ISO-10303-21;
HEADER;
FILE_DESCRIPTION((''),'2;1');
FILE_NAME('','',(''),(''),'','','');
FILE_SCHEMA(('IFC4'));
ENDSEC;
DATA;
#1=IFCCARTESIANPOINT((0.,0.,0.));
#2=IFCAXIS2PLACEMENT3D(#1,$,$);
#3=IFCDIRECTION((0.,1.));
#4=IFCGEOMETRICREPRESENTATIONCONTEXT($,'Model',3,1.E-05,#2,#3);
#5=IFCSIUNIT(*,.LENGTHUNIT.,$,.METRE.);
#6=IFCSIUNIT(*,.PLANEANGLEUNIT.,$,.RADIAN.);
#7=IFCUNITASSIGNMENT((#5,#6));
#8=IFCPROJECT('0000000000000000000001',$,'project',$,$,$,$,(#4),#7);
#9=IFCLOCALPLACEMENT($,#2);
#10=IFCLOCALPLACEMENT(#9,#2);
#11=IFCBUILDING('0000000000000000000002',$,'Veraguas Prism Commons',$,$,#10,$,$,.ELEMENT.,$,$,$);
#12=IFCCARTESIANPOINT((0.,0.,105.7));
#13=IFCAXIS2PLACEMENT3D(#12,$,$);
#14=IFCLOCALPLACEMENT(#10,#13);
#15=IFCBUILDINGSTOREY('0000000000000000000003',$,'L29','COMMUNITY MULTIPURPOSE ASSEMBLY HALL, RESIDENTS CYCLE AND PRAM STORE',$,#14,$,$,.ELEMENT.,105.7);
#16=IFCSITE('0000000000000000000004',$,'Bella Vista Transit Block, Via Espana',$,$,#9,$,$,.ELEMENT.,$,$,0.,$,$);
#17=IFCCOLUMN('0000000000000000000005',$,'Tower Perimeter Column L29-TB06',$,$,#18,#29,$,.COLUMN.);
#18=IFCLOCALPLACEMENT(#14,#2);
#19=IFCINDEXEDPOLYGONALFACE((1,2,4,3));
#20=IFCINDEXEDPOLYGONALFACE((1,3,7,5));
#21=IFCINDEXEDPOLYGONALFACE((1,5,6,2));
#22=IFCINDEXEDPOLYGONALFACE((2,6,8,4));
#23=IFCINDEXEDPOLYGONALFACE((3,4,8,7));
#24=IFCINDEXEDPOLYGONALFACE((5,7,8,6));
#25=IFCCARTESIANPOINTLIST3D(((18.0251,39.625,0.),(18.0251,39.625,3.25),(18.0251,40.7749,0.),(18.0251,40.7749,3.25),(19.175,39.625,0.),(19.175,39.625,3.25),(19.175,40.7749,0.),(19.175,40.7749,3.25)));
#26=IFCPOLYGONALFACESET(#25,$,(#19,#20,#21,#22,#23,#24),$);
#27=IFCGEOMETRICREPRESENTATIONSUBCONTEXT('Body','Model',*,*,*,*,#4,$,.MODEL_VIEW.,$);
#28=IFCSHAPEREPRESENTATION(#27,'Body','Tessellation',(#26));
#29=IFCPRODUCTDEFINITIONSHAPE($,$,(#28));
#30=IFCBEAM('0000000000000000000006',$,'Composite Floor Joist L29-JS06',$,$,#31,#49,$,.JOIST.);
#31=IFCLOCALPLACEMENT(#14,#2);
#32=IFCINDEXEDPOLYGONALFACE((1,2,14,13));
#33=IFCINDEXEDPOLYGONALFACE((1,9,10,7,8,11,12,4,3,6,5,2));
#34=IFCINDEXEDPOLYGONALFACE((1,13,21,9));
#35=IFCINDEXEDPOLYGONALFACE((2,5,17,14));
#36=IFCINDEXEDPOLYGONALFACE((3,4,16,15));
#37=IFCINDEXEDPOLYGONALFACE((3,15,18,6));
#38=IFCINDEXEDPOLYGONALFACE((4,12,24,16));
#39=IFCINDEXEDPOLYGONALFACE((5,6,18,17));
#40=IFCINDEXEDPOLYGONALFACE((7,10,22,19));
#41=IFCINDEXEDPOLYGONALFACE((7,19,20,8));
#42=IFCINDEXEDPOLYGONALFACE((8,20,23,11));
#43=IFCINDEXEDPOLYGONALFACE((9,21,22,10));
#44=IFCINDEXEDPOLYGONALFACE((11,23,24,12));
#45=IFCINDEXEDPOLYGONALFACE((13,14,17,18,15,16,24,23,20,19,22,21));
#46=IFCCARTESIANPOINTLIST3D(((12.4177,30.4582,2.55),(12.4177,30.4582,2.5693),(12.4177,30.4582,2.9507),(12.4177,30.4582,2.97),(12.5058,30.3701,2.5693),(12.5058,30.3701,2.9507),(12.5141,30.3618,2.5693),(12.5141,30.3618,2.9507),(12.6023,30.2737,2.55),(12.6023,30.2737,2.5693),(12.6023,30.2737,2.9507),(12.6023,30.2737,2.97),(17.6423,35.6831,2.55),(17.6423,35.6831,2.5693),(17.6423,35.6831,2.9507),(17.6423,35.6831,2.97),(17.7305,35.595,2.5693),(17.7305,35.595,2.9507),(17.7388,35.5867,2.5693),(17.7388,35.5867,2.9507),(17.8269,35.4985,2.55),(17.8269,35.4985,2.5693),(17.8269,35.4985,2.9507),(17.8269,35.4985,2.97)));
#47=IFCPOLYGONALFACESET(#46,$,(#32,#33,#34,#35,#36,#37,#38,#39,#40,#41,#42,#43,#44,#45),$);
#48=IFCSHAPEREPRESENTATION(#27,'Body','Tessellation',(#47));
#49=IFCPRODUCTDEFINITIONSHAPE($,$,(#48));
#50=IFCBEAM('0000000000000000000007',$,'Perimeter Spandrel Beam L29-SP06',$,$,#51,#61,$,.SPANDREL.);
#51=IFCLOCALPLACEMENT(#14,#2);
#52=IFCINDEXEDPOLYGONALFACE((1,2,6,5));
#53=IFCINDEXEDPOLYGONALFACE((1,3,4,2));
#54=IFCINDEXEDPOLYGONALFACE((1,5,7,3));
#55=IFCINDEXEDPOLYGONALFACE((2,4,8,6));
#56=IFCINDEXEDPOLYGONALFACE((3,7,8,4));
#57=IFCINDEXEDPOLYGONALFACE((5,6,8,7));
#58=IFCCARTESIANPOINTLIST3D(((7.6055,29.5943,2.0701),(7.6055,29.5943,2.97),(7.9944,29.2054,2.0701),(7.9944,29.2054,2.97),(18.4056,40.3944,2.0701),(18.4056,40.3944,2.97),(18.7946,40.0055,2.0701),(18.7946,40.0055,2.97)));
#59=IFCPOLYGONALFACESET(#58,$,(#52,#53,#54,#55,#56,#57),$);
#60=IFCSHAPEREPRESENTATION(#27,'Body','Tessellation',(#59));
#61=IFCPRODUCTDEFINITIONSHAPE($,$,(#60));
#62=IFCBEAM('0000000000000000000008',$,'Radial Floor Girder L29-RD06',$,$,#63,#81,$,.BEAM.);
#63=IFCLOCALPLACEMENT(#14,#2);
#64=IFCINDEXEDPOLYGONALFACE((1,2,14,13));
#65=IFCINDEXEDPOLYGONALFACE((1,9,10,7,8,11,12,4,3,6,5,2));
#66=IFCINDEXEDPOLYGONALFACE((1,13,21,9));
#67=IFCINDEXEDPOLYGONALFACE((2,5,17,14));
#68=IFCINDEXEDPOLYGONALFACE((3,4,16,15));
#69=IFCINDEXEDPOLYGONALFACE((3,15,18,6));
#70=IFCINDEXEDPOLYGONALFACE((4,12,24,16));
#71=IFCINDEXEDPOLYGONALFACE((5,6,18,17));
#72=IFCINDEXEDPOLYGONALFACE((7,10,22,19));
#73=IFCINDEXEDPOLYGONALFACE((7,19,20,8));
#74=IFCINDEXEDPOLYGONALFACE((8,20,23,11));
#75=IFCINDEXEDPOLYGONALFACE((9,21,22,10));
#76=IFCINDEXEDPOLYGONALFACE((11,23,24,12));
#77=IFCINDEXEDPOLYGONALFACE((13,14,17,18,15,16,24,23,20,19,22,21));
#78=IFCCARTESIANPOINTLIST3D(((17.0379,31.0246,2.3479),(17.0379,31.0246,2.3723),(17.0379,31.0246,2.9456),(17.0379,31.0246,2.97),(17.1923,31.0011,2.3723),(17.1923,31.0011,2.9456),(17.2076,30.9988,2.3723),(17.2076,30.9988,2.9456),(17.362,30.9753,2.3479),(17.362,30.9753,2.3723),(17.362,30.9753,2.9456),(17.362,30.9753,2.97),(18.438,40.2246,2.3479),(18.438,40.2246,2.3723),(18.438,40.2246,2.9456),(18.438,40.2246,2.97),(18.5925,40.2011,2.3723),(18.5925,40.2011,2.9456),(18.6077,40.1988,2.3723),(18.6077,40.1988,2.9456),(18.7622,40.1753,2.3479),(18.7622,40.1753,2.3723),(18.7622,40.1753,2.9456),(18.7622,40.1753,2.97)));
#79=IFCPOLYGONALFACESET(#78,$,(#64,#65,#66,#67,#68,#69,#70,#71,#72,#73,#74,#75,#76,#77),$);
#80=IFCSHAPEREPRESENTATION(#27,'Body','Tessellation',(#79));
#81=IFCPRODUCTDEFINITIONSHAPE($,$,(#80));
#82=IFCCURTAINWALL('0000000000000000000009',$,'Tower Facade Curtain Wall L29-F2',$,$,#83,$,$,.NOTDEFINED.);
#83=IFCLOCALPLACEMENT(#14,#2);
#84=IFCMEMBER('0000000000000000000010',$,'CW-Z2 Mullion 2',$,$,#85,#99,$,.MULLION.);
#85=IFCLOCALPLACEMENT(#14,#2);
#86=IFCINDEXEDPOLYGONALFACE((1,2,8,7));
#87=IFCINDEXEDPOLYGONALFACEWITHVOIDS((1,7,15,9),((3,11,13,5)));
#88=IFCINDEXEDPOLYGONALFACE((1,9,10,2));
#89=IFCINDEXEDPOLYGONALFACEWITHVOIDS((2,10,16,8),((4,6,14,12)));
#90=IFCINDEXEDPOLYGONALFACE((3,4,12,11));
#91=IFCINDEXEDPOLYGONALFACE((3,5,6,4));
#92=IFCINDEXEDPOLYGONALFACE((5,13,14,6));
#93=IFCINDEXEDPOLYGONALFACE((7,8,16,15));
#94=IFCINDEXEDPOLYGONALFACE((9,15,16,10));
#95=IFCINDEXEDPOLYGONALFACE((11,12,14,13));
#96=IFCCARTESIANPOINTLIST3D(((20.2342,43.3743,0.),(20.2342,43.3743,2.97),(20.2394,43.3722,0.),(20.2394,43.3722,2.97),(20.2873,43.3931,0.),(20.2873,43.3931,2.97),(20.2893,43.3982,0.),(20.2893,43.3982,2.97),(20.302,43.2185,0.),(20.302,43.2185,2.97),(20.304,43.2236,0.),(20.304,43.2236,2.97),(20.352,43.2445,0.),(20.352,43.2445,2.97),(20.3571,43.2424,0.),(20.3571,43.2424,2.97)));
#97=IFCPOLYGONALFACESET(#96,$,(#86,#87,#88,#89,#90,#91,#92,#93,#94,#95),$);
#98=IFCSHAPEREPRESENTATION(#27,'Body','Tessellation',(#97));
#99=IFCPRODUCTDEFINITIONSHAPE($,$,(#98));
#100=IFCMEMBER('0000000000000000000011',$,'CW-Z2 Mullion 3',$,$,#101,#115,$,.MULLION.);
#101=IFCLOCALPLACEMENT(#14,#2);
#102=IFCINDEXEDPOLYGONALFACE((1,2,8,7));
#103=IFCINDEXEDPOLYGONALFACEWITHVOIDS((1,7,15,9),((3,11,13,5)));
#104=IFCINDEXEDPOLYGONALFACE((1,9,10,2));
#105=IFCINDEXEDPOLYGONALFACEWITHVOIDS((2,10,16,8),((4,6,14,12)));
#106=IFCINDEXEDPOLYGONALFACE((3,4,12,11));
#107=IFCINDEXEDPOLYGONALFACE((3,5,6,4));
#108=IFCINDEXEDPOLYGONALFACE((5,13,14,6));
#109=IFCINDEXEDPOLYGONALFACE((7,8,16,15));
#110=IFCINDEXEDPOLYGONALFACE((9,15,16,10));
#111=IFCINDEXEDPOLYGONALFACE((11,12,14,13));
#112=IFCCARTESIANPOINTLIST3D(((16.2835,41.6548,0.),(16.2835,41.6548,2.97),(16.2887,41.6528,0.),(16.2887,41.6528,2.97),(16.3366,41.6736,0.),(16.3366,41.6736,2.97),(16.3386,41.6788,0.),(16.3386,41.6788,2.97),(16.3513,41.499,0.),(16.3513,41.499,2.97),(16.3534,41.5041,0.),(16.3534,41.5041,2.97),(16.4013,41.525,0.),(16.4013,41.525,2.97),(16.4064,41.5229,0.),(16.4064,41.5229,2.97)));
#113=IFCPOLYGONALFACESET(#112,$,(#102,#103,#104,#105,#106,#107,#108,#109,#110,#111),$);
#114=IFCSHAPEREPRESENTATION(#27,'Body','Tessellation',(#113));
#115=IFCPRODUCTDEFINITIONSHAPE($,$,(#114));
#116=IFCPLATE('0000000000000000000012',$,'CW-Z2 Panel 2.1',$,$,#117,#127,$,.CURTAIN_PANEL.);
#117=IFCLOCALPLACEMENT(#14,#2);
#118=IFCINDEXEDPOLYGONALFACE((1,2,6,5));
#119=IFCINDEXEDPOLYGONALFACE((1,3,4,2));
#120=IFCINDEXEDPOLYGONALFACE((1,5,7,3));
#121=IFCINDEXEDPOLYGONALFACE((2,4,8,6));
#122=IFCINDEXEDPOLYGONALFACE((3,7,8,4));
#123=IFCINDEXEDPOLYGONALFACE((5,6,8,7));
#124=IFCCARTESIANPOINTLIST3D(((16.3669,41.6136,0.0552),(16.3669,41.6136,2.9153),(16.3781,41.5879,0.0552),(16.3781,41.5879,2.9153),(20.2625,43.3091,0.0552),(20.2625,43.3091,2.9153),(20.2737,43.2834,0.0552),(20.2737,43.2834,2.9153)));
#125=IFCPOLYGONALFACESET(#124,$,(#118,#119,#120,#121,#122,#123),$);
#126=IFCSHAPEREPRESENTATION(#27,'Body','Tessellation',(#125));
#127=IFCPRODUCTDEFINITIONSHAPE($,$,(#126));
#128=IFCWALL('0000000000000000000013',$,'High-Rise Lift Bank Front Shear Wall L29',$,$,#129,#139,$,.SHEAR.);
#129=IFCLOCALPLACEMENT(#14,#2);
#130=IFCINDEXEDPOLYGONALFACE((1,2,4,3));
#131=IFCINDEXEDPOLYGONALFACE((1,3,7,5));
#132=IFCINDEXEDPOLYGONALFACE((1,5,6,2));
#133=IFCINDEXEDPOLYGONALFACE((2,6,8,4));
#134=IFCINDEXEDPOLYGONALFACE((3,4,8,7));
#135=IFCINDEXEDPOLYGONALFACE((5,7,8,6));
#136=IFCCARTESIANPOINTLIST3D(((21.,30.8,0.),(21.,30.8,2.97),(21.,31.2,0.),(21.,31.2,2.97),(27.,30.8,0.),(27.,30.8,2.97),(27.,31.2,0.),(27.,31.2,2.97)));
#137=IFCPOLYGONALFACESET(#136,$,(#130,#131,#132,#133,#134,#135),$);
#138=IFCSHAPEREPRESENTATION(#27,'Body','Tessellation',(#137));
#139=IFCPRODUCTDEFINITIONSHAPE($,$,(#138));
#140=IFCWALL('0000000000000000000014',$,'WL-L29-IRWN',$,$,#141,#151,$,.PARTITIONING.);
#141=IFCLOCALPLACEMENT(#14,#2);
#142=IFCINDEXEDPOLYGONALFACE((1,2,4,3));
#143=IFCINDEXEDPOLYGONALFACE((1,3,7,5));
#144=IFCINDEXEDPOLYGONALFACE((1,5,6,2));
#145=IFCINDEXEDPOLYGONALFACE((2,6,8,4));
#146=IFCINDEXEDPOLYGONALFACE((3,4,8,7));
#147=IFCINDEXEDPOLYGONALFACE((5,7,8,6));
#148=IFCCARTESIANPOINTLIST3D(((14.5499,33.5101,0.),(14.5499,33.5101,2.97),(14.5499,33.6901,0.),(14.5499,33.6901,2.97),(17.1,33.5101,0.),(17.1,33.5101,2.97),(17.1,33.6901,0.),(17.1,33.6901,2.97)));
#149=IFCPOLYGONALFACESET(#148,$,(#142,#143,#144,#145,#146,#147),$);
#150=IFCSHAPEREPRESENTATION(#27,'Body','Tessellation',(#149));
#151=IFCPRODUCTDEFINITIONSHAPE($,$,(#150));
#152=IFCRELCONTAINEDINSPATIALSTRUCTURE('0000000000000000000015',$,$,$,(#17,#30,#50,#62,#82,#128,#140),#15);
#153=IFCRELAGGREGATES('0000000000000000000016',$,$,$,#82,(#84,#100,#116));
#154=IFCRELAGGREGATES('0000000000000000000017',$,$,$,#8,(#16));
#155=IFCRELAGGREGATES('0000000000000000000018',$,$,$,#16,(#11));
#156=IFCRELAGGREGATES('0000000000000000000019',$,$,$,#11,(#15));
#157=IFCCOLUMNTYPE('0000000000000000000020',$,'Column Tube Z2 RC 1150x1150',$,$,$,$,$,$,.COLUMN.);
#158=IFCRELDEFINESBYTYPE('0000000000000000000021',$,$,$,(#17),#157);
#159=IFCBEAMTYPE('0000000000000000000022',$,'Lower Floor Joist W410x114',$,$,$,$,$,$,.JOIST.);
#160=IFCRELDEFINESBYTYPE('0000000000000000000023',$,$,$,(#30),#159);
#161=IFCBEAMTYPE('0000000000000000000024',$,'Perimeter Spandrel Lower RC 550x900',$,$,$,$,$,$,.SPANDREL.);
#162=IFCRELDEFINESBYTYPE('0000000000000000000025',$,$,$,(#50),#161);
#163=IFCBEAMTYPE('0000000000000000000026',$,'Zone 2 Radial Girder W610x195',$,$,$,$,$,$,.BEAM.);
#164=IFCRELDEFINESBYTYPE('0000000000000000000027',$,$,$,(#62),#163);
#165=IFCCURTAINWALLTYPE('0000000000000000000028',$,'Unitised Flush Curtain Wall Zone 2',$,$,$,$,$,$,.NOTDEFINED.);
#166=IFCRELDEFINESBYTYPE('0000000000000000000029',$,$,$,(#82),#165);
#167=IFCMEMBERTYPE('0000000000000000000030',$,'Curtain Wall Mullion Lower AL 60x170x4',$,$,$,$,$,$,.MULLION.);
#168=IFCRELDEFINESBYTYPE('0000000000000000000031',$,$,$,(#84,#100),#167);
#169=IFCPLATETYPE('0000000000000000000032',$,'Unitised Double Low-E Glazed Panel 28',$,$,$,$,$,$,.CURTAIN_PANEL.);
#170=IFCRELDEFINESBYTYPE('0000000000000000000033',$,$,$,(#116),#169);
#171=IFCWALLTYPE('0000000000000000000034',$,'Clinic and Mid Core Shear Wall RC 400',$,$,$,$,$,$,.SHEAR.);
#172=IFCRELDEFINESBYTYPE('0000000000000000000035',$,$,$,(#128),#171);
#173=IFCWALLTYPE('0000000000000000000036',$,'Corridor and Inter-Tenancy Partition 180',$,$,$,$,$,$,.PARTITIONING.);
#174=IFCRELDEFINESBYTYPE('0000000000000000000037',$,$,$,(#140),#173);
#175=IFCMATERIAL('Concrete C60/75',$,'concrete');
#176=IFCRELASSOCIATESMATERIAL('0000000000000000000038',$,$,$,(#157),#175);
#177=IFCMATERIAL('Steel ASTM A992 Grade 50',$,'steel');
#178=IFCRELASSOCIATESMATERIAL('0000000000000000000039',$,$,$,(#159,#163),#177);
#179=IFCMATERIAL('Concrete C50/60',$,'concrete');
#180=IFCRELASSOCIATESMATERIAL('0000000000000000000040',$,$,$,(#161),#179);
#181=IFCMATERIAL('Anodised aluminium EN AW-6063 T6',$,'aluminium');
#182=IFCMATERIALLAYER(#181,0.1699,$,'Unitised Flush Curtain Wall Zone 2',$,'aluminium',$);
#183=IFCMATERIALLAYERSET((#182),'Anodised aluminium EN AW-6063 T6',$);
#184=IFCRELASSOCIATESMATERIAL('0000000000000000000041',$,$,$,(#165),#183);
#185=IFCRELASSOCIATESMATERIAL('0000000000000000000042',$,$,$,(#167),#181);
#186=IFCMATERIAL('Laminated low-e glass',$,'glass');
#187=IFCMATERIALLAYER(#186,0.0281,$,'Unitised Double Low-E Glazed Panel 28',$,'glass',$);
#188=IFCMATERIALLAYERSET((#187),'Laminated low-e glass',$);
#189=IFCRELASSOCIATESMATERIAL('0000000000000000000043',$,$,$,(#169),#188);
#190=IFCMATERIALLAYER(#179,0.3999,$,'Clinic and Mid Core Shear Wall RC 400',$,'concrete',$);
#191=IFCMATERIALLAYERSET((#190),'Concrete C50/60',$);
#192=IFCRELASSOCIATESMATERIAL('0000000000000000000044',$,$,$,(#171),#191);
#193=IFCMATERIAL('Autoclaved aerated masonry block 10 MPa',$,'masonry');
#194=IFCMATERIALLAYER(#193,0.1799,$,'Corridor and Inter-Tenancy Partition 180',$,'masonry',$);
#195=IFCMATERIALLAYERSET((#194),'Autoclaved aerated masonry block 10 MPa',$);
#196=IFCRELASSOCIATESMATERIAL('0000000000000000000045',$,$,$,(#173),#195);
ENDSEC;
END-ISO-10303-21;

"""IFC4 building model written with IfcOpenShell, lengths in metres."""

from ifc_helpers import new_model, si_unit, direction, frame, frame_2d, origin, origin_2d, place, context, subcontext, project, spatial, rectangle, hollow_rectangle, i_section, extrude, source, transform, mapped, material, layer, layer_set, material_profile, profile_set, type_object, element, aggregate, save


model = new_model("IFC4")

# Units and contexts
model_context = context("Model", 3, precision=1e-05, world=origin(), true_north=direction((0.0, 1.0)))
body_context = subcontext(model_context, "Body", "Model", "MODEL_VIEW")
ifc_project = project(units=[si_unit("LENGTHUNIT", "METRE"), si_unit("PLANEANGLEUNIT", "RADIAN")], contexts=[model_context])

# Site, building, storey
site_placement = place(None, origin())
site = spatial("IfcSite", under=ifc_project, at=site_placement, Name="Bella Vista Transit Block, Via Espana", CompositionType="ELEMENT", RefElevation=0.0)
building_placement = place(site_placement, origin())
building = spatial("IfcBuilding", under=site, at=building_placement, Name="Veraguas Prism Commons", CompositionType="ELEMENT")
storey_placement = place(building_placement, frame((0.0, 0.0, 105.7)))
storey = spatial("IfcBuildingStorey", under=building, at=storey_placement, Name="L29", Description="COMMUNITY MULTIPURPOSE ASSEMBLY HALL, RESIDENTS CYCLE AND PRAM STORE", CompositionType="ELEMENT", Elevation=105.7)

# Column
ifc_material_1 = material(Name="Concrete C60/75", Category="concrete")
ifc_material_profile_1 = material_profile(ifc_material_1, rectangle(XDim=1.1499, YDim=1.1499, at=origin_2d()), Name="RC1150X1150")
ifc_profile_set_1 = profile_set([ifc_material_profile_1], Name="Concrete C60/75")
column_type = type_object("IfcColumnType", Name="Column Tube Z2 RC 1150x1150", PredefinedType="COLUMN", material=ifc_profile_set_1)
column_placement = place(storey_placement, frame((18.6001, 40.2, 0.0), z_axis=(0.0, 0.0, 1.0), x_axis=(1.0, 0.0, 0.0)))
element("IfcColumn", 1, at=column_placement, inside=storey, type_object=column_type, Name="Tower Perimeter Column L29-TB06", PredefinedType="COLUMN", context=body_context, shape_type="SweptSolid", body=[
    extrude(rectangle(XDim=1.1499, YDim=1.1499, at=origin_2d()), origin(), (0.0, 0.0, 1.0), 3.25),
])

# Beams
ifc_material_2 = material(Name="Steel ASTM A992 Grade 50", Category="steel")
ifc_material_profile_2 = material_profile(ifc_material_2, i_section(OverallWidth=0.261, OverallDepth=0.4199, WebThickness=0.0117, FlangeThickness=0.0193, at=origin_2d()), Name="W410X114")
ifc_profile_set_2 = profile_set([ifc_material_profile_2], Name="Steel ASTM A992 Grade 50")
beam_type_1 = type_object("IfcBeamType", Name="Lower Floor Joist W410x114", PredefinedType="JOIST", material=ifc_profile_set_2)
beam_1_placement = place(storey_placement, frame((17.7346, 35.5908, 2.76), z_axis=(-0.70709, -0.707123, 0.0), x_axis=(0.707123, -0.70709, 0.0)))
element("IfcBeam", 2, at=beam_1_placement, inside=storey, type_object=beam_type_1, Name="Composite Floor Joist L29-JS06", PredefinedType="JOIST", context=body_context, shape_type="SweptSolid", body=[
    extrude(i_section(OverallWidth=0.261, OverallDepth=0.4199, WebThickness=0.0117, FlangeThickness=0.0193, at=origin_2d()), origin(), (0.0, 0.0, 1.0), 7.3889),
])
ifc_material_3 = material(Name="Concrete C50/60", Category="concrete")
ifc_material_profile_3 = material_profile(ifc_material_3, rectangle(XDim=0.55, YDim=0.8999, at=origin_2d()), Name="RC550X900")
ifc_profile_set_3 = profile_set([ifc_material_profile_3], Name="Concrete C50/60")
beam_type_2 = type_object("IfcBeamType", Name="Perimeter Spandrel Lower RC 550x900", PredefinedType="SPANDREL", material=ifc_profile_set_3)
beam_2_placement = place(storey_placement, frame((18.6001, 40.2, 2.52), z_axis=(-0.707107, -0.707107, 0.0), x_axis=(0.707107, -0.707107, 0.0)))
element("IfcBeam", 3, at=beam_2_placement, inside=storey, type_object=beam_type_2, Name="Perimeter Spandrel Beam L29-SP06", PredefinedType="SPANDREL", context=body_context, shape_type="SweptSolid", body=[
    extrude(rectangle(XDim=0.55, YDim=0.8999, at=origin_2d()), origin(), (0.0, 0.0, 1.0), 15.2737),
])
ifc_material_profile_4 = material_profile(ifc_material_2, i_section(OverallWidth=0.3279, OverallDepth=0.6221, WebThickness=0.0154, FlangeThickness=0.0244, at=origin_2d()), Name="W610X195")
ifc_profile_set_4 = profile_set([ifc_material_profile_4], Name="Steel ASTM A992 Grade 50")
beam_type_3 = type_object("IfcBeamType", Name="Zone 2 Radial Girder W610x195", PredefinedType="BEAM", material=ifc_profile_set_4)
beam_3_placement = place(storey_placement, frame((18.6001, 40.2, 2.6589), z_axis=(-0.150458, -0.988616, 0.0), x_axis=(0.988616, -0.150458, 0.0)))
element("IfcBeam", 4, at=beam_3_placement, inside=storey, type_object=beam_type_3, Name="Radial Floor Girder L29-RD06", PredefinedType="BEAM", context=body_context, shape_type="SweptSolid", body=[
    extrude(i_section(OverallWidth=0.3279, OverallDepth=0.6221, WebThickness=0.0154, FlangeThickness=0.0244, at=origin_2d()), origin(), (0.0, 0.0, 1.0), 9.3059),
])

# Curtain wall, members, plate
ifc_material_4 = material(Name="Anodised aluminium EN AW-6063 T6", Category="aluminium")
ifc_layer_1 = layer(ifc_material_4, 0.1699, Name="Unitised Flush Curtain Wall Zone 2", Category="aluminium")
ifc_layer_set_1 = layer_set([ifc_layer_1], Name="Anodised aluminium EN AW-6063 T6")
curtain_wall_type = type_object("IfcCurtainWallType", Name="Unitised Flush Curtain Wall Zone 2", PredefinedType="NOTDEFINED", material=ifc_layer_set_1)
curtain_wall_placement = place(storey_placement, origin())
curtain_wall = element("IfcCurtainWall", 5, at=curtain_wall_placement, inside=storey, type_object=curtain_wall_type, Name="Tower Facade Curtain Wall L29-F2", PredefinedType="NOTDEFINED")
ifc_material_profile_5 = material_profile(ifc_material_4, hollow_rectangle(XDim=0.0601, YDim=0.1699, WallThickness=0.0039, at=origin_2d()), Name="AL60X170X4")
ifc_profile_set_5 = profile_set([ifc_material_profile_5], Name="Anodised aluminium EN AW-6063 T6")
member_type = type_object("IfcMemberType", Name="Curtain Wall Mullion Lower AL 60x170x4", PredefinedType="MULLION", material=ifc_profile_set_5)
shared_shape_1 = source(origin(), body_context, "Body", "SweptSolid", [
    extrude(hollow_rectangle(XDim=0.0601, YDim=0.1699, WallThickness=0.0039, at=origin_2d()), origin(), (0.0, 0.0, 1.0), 2.97),
])
member_1_placement = place(storey_placement, frame((20.2957, 43.3083, 0.0), z_axis=(0.0, 0.0, 1.0), x_axis=(-0.916919, -0.399072, 0.0)))
member_1 = element("IfcMember", 6, at=member_1_placement, type_object=member_type, Name="CW-Z2 Mullion 2", PredefinedType="MULLION", context=body_context, shape_type="MappedRepresentation", body=[
    mapped(shared_shape_1, transform((0.0, 0.0, 0.0), scale=1.0)),
])
member_2_placement = place(storey_placement, frame((16.345, 41.5889, 0.0), z_axis=(0.0, 0.0, 1.0), x_axis=(-0.916919, -0.399072, 0.0)))
member_2 = element("IfcMember", 7, at=member_2_placement, type_object=member_type, Name="CW-Z2 Mullion 3", PredefinedType="MULLION", context=body_context, shape_type="MappedRepresentation", body=[
    mapped(shared_shape_1, transform((0.0, 0.0, 0.0), scale=1.0)),
])
ifc_material_5 = material(Name="Laminated low-e glass", Category="glass")
ifc_layer_2 = layer(ifc_material_5, 0.0281, Name="Unitised Double Low-E Glazed Panel 28", Category="glass")
ifc_layer_set_2 = layer_set([ifc_layer_2], Name="Laminated low-e glass")
plate_type = type_object("IfcPlateType", Name="Unitised Double Low-E Glazed Panel 28", PredefinedType="CURTAIN_PANEL", material=ifc_layer_set_2)
shared_shape_2 = source(origin(), body_context, "Body", "SweptSolid", [
    extrude(rectangle(XDim=4.2485, YDim=0.0281, at=origin_2d()), origin(), (0.0, 0.0, 1.0), 2.8601),
])
plate_placement = place(storey_placement, frame((18.3203, 42.4485, 0.0552), z_axis=(0.0, 0.0, 1.0), x_axis=(-0.916919, -0.399072, 0.0)))
plate = element("IfcPlate", 8, at=plate_placement, type_object=plate_type, Name="CW-Z2 Panel 2.1", PredefinedType="CURTAIN_PANEL", context=body_context, shape_type="MappedRepresentation", body=[
    mapped(shared_shape_2, transform((0.0, 0.0, 0.0), scale=1.0)),
])
aggregate(curtain_wall, [member_1, member_2, plate])

# Walls
ifc_layer_3 = layer(ifc_material_3, 0.3999, Name="Clinic and Mid Core Shear Wall RC 400", Category="concrete")
ifc_layer_set_3 = layer_set([ifc_layer_3], Name="Concrete C50/60")
wall_type_1 = type_object("IfcWallType", Name="Clinic and Mid Core Shear Wall RC 400", PredefinedType="SHEAR", material=ifc_layer_set_3)
wall_1_placement = place(storey_placement, frame((21.0, 31.0, 0.0), z_axis=(0.0, 0.0, 1.0), x_axis=(1.0, 0.0, 0.0)))
element("IfcWall", 9, at=wall_1_placement, inside=storey, type_object=wall_type_1, Name="High-Rise Lift Bank Front Shear Wall L29", PredefinedType="SHEAR", context=body_context, shape_type="SweptSolid", body=[
    extrude(rectangle(XDim=6.0, YDim=0.3999, at=frame_2d((3.0, 0.0))), origin(), (0.0, 0.0, 1.0), 2.97),
])
ifc_material_6 = material(Name="Autoclaved aerated masonry block 10 MPa", Category="masonry")
ifc_layer_4 = layer(ifc_material_6, 0.1799, Name="Corridor and Inter-Tenancy Partition 180", Category="masonry")
ifc_layer_set_4 = layer_set([ifc_layer_4], Name="Autoclaved aerated masonry block 10 MPa")
wall_type_2 = type_object("IfcWallType", Name="Corridor and Inter-Tenancy Partition 180", PredefinedType="PARTITIONING", material=ifc_layer_set_4)
wall_2_placement = place(storey_placement, frame((14.55, 33.6001, 0.0), z_axis=(0.0, 0.0, 1.0), x_axis=(1.0, 0.0, 0.0)))
element("IfcWall", 10, at=wall_2_placement, inside=storey, type_object=wall_type_2, Name="WL-L29-IRWN", PredefinedType="PARTITIONING", context=body_context, shape_type="SweptSolid", body=[
    extrude(rectangle(XDim=2.55, YDim=0.1799, at=frame_2d((1.2749, 0.0))), origin(), (0.0, 0.0, 1.0), 2.97),
])

save(model, "model.ifc")
